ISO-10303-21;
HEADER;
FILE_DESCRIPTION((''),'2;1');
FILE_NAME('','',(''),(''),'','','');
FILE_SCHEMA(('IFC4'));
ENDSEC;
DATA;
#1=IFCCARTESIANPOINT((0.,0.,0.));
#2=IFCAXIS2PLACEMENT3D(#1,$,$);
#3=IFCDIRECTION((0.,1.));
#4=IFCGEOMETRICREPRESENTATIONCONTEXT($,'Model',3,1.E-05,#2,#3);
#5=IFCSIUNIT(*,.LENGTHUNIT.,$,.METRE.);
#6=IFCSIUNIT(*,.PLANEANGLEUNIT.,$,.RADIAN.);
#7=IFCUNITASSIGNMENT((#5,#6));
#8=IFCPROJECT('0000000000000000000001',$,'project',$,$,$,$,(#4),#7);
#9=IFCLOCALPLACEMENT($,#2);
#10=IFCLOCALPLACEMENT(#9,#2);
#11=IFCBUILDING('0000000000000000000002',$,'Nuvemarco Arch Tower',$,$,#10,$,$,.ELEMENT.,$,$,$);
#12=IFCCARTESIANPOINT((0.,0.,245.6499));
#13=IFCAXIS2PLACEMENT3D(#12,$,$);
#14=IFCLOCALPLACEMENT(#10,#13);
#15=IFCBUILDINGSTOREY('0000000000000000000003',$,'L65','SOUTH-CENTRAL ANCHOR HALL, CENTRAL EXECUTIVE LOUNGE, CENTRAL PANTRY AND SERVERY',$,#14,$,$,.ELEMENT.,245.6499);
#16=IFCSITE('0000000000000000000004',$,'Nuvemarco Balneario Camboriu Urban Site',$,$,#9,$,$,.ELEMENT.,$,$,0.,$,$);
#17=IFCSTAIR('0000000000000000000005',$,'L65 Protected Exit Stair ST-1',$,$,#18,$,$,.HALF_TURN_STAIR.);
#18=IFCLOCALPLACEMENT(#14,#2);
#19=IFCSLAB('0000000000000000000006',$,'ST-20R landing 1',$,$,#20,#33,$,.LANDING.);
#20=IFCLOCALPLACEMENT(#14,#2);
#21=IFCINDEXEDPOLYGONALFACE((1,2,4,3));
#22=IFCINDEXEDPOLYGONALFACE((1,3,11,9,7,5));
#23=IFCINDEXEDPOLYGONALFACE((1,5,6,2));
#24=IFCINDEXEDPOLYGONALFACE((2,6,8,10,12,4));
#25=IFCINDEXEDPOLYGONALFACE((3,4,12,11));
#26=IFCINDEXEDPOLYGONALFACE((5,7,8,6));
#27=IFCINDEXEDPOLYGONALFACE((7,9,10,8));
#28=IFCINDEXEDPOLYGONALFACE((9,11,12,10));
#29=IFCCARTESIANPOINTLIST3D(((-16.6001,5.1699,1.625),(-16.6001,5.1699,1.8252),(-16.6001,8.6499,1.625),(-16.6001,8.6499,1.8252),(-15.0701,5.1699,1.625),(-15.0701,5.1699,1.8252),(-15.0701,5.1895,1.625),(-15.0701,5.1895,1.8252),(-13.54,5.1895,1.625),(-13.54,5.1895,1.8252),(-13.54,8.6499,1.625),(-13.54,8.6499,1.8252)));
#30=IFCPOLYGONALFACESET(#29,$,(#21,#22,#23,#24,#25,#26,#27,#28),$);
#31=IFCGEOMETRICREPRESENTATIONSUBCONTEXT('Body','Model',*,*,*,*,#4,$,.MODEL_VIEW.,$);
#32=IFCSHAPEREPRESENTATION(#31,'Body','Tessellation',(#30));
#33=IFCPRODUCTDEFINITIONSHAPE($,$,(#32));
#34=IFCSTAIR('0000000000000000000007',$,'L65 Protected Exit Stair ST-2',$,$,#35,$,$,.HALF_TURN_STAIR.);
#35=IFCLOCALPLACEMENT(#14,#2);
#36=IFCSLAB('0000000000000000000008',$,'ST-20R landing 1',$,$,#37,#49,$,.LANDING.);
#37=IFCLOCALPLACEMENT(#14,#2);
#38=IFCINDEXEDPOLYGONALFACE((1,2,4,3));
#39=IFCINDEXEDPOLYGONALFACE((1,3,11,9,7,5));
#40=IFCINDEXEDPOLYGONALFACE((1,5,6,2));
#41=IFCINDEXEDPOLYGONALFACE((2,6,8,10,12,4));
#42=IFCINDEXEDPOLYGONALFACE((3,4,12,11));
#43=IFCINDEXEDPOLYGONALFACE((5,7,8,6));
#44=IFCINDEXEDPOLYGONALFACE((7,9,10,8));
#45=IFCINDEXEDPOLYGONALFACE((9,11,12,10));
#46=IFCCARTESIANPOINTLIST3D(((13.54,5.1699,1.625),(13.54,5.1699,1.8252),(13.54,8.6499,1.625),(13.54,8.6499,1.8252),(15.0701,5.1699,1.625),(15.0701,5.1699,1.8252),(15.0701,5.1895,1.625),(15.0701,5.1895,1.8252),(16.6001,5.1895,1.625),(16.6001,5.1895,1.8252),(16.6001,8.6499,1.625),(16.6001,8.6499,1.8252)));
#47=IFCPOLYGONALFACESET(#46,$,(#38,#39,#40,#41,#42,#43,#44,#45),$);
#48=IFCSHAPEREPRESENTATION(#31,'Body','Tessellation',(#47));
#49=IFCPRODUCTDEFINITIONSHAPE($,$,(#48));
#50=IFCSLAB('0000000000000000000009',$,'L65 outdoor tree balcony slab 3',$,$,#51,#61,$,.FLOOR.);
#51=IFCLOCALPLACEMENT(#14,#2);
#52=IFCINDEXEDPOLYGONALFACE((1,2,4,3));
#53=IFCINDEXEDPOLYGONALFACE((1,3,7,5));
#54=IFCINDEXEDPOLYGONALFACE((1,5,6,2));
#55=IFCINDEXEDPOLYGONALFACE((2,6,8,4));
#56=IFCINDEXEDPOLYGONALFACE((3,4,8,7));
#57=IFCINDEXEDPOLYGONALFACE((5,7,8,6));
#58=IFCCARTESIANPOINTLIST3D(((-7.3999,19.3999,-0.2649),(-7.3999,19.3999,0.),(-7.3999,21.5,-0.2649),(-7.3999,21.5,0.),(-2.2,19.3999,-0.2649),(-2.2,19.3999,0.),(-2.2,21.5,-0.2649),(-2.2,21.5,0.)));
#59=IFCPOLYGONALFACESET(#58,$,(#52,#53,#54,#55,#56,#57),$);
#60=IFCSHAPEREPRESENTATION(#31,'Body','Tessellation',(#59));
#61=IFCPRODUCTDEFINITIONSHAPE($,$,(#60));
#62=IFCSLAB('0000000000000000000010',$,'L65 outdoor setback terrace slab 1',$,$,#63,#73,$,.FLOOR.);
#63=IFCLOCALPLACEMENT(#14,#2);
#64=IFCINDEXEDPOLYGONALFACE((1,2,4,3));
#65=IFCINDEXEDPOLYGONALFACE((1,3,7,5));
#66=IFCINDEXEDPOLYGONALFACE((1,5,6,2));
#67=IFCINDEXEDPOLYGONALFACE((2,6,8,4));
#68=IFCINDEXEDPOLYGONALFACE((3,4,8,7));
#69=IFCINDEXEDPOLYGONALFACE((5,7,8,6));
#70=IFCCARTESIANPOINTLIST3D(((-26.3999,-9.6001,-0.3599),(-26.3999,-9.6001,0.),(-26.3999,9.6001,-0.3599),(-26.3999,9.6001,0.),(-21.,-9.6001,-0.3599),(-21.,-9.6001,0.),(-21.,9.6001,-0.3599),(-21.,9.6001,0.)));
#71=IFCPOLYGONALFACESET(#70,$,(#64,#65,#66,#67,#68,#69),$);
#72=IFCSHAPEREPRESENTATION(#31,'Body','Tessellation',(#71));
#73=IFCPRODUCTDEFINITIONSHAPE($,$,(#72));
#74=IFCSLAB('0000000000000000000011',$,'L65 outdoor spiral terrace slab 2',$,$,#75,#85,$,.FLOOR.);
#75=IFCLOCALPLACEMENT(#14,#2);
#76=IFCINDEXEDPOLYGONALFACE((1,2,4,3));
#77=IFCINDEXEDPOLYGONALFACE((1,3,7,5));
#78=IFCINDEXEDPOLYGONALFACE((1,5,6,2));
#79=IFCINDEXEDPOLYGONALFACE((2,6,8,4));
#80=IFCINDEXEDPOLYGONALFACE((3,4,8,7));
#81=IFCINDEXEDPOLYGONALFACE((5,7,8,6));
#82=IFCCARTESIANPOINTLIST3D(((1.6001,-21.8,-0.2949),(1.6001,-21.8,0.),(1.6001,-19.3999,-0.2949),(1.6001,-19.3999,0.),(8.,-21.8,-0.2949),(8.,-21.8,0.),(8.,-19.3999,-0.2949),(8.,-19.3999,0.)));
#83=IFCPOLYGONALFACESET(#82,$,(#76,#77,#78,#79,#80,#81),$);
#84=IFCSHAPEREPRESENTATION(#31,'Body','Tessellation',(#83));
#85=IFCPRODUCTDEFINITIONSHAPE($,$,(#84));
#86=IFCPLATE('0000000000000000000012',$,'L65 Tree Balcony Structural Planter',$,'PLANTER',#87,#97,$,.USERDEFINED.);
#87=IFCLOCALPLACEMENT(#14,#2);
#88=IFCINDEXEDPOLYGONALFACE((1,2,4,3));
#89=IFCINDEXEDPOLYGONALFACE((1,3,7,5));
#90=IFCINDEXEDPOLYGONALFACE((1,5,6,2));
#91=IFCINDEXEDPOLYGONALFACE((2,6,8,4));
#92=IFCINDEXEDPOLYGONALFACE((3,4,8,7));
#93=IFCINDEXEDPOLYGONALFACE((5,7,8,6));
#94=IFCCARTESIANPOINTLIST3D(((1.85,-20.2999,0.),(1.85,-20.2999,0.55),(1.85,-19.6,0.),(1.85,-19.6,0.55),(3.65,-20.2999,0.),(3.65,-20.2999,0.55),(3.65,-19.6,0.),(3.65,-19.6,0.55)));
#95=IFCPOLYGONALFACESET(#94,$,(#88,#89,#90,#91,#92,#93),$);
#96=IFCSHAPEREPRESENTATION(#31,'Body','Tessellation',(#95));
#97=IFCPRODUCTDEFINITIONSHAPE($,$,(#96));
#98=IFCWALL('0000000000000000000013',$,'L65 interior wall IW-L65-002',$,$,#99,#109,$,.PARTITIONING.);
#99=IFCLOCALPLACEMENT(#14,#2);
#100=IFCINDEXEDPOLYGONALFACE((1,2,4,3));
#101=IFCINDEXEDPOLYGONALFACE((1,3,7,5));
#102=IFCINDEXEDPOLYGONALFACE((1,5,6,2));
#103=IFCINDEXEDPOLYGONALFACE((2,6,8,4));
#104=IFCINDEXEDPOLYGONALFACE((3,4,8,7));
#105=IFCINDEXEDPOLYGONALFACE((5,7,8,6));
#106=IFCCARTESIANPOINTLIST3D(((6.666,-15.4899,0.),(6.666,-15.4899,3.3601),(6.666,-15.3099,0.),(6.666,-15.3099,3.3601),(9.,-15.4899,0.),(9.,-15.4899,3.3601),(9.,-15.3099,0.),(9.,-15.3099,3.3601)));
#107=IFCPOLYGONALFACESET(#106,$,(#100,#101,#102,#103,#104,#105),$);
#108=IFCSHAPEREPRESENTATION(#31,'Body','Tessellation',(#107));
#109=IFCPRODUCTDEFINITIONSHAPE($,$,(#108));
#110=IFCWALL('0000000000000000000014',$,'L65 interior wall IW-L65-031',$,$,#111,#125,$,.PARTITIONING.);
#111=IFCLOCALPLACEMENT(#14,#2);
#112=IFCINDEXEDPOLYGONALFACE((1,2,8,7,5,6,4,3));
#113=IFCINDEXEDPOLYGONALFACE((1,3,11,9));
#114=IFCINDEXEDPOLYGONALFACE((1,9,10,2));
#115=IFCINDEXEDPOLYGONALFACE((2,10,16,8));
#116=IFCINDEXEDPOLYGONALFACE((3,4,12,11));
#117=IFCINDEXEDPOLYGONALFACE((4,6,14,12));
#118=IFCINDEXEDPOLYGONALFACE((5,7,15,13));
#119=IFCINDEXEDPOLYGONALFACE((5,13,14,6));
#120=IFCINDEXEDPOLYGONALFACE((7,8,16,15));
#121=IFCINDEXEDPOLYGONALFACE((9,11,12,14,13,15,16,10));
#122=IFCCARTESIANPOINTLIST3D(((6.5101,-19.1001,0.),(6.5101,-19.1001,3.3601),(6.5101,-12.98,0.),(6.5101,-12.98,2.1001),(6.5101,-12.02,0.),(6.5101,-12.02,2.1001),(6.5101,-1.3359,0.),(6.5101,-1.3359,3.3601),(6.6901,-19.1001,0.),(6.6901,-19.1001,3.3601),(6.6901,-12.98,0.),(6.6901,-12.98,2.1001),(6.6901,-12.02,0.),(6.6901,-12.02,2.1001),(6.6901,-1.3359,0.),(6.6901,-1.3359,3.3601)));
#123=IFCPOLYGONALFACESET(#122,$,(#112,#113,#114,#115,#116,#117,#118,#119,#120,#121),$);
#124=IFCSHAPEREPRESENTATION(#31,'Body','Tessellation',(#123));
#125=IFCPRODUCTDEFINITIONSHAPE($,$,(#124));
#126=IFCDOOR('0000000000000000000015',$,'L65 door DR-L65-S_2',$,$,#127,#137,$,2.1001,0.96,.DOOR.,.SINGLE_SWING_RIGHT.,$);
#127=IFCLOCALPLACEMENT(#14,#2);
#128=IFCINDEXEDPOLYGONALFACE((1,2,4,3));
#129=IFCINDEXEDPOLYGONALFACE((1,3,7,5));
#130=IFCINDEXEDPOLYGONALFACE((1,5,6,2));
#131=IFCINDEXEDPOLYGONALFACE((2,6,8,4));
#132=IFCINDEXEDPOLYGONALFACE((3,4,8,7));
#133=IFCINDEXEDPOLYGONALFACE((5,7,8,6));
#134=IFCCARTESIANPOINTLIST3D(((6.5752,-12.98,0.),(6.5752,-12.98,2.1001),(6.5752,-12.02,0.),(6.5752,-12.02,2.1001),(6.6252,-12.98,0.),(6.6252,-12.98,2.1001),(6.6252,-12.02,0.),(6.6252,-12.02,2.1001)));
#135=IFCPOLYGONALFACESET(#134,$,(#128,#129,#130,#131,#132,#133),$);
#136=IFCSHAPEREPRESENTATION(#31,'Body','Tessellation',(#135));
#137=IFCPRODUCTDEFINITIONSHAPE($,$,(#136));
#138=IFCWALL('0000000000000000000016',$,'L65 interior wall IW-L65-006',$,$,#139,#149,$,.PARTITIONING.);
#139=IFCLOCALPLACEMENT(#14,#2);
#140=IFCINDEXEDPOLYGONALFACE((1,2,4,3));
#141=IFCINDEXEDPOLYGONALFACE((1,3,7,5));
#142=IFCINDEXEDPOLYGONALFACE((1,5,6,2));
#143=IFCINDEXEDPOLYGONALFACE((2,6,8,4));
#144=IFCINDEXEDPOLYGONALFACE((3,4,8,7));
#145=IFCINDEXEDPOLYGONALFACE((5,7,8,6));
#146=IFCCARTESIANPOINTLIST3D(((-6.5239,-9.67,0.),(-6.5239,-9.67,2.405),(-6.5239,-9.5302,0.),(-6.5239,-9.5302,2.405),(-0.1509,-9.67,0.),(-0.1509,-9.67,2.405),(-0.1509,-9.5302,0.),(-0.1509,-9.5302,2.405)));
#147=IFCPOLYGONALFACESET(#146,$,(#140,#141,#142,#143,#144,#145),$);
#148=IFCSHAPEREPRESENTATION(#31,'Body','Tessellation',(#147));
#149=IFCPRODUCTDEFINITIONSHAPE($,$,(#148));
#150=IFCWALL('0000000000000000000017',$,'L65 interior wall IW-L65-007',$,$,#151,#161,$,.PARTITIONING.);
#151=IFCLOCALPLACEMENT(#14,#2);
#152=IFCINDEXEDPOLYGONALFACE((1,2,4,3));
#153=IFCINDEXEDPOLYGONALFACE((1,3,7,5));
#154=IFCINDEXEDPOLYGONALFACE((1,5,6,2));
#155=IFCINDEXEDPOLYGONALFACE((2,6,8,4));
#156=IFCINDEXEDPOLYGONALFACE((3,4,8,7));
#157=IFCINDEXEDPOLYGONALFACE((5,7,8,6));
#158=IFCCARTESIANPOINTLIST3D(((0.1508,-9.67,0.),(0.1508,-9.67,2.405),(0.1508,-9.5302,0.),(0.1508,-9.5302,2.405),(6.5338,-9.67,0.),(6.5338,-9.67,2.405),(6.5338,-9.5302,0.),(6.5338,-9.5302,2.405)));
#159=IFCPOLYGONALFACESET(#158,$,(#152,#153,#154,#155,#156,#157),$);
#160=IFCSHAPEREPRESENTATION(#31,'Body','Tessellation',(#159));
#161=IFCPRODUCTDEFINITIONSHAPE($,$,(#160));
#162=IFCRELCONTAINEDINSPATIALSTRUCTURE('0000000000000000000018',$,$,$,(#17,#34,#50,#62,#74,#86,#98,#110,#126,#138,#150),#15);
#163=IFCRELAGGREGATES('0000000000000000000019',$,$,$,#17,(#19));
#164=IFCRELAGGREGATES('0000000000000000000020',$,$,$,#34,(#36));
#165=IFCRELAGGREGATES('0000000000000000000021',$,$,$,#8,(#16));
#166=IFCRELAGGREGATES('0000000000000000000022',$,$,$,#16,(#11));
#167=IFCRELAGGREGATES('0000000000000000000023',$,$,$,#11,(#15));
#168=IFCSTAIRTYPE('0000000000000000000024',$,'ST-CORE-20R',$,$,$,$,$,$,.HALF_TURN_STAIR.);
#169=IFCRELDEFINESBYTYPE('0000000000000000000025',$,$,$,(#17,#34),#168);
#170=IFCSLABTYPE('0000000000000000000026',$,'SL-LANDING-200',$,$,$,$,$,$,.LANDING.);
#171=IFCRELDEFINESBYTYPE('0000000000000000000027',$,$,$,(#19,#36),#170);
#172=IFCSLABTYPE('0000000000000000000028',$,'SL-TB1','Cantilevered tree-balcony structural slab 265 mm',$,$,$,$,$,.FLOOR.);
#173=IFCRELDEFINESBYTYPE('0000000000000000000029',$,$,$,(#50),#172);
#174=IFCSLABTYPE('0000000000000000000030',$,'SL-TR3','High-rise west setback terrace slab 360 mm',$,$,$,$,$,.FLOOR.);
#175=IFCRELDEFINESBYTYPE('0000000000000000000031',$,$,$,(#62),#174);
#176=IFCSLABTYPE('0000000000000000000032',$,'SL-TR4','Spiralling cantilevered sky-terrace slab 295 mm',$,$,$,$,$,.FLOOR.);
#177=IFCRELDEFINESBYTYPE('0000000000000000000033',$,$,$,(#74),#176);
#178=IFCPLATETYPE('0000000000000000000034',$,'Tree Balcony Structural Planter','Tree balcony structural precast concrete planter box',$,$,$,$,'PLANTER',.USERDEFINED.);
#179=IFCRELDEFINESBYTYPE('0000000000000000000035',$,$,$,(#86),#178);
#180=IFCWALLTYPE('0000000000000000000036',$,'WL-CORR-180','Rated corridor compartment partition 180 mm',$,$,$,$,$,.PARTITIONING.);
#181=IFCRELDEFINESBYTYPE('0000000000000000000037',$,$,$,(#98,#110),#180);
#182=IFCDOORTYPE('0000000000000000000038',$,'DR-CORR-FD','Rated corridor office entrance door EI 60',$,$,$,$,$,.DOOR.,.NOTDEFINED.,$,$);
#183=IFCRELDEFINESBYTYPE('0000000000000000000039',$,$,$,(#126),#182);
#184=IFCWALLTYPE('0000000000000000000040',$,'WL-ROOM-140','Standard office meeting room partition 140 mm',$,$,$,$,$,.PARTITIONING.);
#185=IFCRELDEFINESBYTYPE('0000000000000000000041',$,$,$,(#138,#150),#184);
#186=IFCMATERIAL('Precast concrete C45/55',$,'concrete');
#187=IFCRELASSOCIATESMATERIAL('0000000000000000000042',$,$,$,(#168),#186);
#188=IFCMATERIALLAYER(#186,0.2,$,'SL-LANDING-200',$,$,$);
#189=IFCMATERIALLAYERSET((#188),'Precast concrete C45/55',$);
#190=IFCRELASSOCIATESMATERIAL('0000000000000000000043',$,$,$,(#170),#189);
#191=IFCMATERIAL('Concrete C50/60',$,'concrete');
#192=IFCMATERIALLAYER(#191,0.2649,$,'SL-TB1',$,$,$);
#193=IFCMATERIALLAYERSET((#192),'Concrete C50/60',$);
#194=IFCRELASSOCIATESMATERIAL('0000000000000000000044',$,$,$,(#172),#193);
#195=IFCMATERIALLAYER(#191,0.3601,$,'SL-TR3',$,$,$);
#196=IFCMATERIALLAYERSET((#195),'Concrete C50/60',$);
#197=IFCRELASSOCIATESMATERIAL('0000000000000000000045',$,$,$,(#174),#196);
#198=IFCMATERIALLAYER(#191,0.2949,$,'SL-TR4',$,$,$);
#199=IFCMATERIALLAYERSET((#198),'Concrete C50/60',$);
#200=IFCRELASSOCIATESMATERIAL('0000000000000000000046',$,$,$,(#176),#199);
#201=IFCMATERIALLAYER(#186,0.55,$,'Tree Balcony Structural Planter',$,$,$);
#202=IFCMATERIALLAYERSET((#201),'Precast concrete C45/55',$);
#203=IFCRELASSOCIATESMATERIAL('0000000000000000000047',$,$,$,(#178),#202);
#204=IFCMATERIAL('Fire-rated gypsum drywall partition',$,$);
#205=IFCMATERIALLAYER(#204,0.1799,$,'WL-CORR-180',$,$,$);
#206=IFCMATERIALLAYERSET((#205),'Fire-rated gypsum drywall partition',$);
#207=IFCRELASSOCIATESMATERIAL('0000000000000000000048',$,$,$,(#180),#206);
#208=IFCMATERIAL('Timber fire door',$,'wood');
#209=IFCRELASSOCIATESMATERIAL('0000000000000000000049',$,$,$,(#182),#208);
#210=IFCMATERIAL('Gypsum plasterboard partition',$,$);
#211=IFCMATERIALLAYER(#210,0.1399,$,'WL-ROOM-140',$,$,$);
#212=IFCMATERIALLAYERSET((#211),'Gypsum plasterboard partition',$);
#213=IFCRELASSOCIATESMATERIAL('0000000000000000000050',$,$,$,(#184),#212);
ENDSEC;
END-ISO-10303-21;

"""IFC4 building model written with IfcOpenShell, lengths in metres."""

from ifc_helpers import new_model, si_unit, direction, frame, frame_2d, origin, origin_2d, place, context, subcontext, project, spatial, polyline, rectangle, outline, extrude, source, transform, mapped, material, layer, layer_set, type_object, type_shapes, element, fill, aggregate, save


model = new_model("IFC4")

# Units and contexts
model_context = context("Model", 3, precision=1e-05, world=origin(), true_north=direction((0.0, 1.0)))
body_context = subcontext(model_context, "Body", "Model", "MODEL_VIEW")
ifc_project = project(units=[si_unit("LENGTHUNIT", "METRE"), si_unit("PLANEANGLEUNIT", "RADIAN")], contexts=[model_context])

# Site, building, storey
site_placement = place(None, origin())
site = spatial("IfcSite", under=ifc_project, at=site_placement, Name="Nuvemarco Balneario Camboriu Urban Site", CompositionType="ELEMENT", RefElevation=0.0)
building_placement = place(site_placement, origin())
building = spatial("IfcBuilding", under=site, at=building_placement, Name="Nuvemarco Arch Tower", CompositionType="ELEMENT")
storey_placement = place(building_placement, frame((0.0, 0.0, 245.6499)))
storey = spatial("IfcBuildingStorey", under=building, at=storey_placement, Name="L65", Description="SOUTH-CENTRAL ANCHOR HALL, CENTRAL EXECUTIVE LOUNGE, CENTRAL PANTRY AND SERVERY", CompositionType="ELEMENT", Elevation=245.6499)

# Shared definitions
ifc_material_1 = material(Name="Precast concrete C45/55", Category="concrete")

# Stairs, slabs
stair_type = type_object("IfcStairType", Name="ST-CORE-20R", PredefinedType="HALF_TURN_STAIR", material=ifc_material_1)
stair_1_placement = place(storey_placement, origin())
stair_1 = element("IfcStair", 1, at=stair_1_placement, inside=storey, type_object=stair_type, Name="L65 Protected Exit Stair ST-1", PredefinedType="HALF_TURN_STAIR")
ifc_layer_1 = layer(ifc_material_1, 0.2, Name="SL-LANDING-200")
ifc_layer_set_1 = layer_set([ifc_layer_1], Name="Precast concrete C45/55")
slab_type_1 = type_object("IfcSlabType", Name="SL-LANDING-200", PredefinedType="LANDING", material=ifc_layer_set_1)
slab_1_placement = place(storey_placement, frame((0.0, 0.0, 1.625)))
slab_1 = element("IfcSlab", 2, at=slab_1_placement, type_object=slab_type_1, Name="ST-20R landing 1", PredefinedType="LANDING", context=body_context, shape_type="SweptSolid", body=[
    extrude(outline(polyline([(-13.54, 5.1895), (-13.54, 8.6499), (-16.6001, 8.6499), (-16.6001, 5.1699), (-15.0701, 5.1699), (-15.0701, 5.1895), (-13.54, 5.1895)])), origin(), (0.0, 0.0, 1.0), 0.2002),
])
aggregate(stair_1, [slab_1])
stair_2_placement = place(storey_placement, origin())
stair_2 = element("IfcStair", 3, at=stair_2_placement, inside=storey, type_object=stair_type, Name="L65 Protected Exit Stair ST-2", PredefinedType="HALF_TURN_STAIR")
slab_2_placement = place(storey_placement, frame((0.0, 0.0, 1.625)))
slab_2 = element("IfcSlab", 4, at=slab_2_placement, type_object=slab_type_1, Name="ST-20R landing 1", PredefinedType="LANDING", context=body_context, shape_type="SweptSolid", body=[
    extrude(outline(polyline([(16.6001, 5.1895), (16.6001, 8.6499), (13.54, 8.6499), (13.54, 5.1699), (15.0701, 5.1699), (15.0701, 5.1895), (16.6001, 5.1895)])), origin(), (0.0, 0.0, 1.0), 0.2002),
])
aggregate(stair_2, [slab_2])

# Slabs
ifc_material_2 = material(Name="Concrete C50/60", Category="concrete")
ifc_layer_2 = layer(ifc_material_2, 0.2649, Name="SL-TB1")
ifc_layer_set_2 = layer_set([ifc_layer_2], Name="Concrete C50/60")
slab_type_2 = type_object("IfcSlabType", Name="SL-TB1", Description="Cantilevered tree-balcony structural slab 265 mm", PredefinedType="FLOOR", material=ifc_layer_set_2)
slab_3_placement = place(storey_placement, frame((0.0, 0.0, -0.2649)))
element("IfcSlab", 5, at=slab_3_placement, inside=storey, type_object=slab_type_2, Name="L65 outdoor tree balcony slab 3", PredefinedType="FLOOR", context=body_context, shape_type="SweptSolid", body=[
    extrude(outline(polyline([(-7.3999, 19.3999), (-2.2, 19.3999), (-2.2, 21.5), (-7.3999, 21.5), (-7.3999, 19.3999)])), origin(), (0.0, 0.0, 1.0), 0.2649),
])
ifc_layer_3 = layer(ifc_material_2, 0.3601, Name="SL-TR3")
ifc_layer_set_3 = layer_set([ifc_layer_3], Name="Concrete C50/60")
slab_type_3 = type_object("IfcSlabType", Name="SL-TR3", Description="High-rise west setback terrace slab 360 mm", PredefinedType="FLOOR", material=ifc_layer_set_3)
slab_4_placement = place(storey_placement, frame((0.0, 0.0, -0.3599)))
element("IfcSlab", 6, at=slab_4_placement, inside=storey, type_object=slab_type_3, Name="L65 outdoor setback terrace slab 1", PredefinedType="FLOOR", context=body_context, shape_type="SweptSolid", body=[
    extrude(outline(polyline([(-26.3999, -9.6001), (-21.0, -9.6001), (-21.0, 9.6001), (-26.3999, 9.6001), (-26.3999, -9.6001)])), origin(), (0.0, 0.0, 1.0), 0.3599),
])
ifc_layer_4 = layer(ifc_material_2, 0.2949, Name="SL-TR4")
ifc_layer_set_4 = layer_set([ifc_layer_4], Name="Concrete C50/60")
slab_type_4 = type_object("IfcSlabType", Name="SL-TR4", Description="Spiralling cantilevered sky-terrace slab 295 mm", PredefinedType="FLOOR", material=ifc_layer_set_4)
slab_5_placement = place(storey_placement, frame((0.0, 0.0, -0.2949)))
element("IfcSlab", 7, at=slab_5_placement, inside=storey, type_object=slab_type_4, Name="L65 outdoor spiral terrace slab 2", PredefinedType="FLOOR", context=body_context, shape_type="SweptSolid", body=[
    extrude(outline(polyline([(1.6001, -21.8), (8.0, -21.8), (8.0, -19.3999), (1.6001, -19.3999), (1.6001, -21.8)])), origin(), (0.0, 0.0, 1.0), 0.2949),
])

# Plate
ifc_layer_5 = layer(ifc_material_1, 0.55, Name="Tree Balcony Structural Planter")
ifc_layer_set_5 = layer_set([ifc_layer_5], Name="Precast concrete C45/55")
plate_type = type_object("IfcPlateType", Name="Tree Balcony Structural Planter", Description="Tree balcony structural precast concrete planter box", ElementType="PLANTER", PredefinedType="USERDEFINED", material=ifc_layer_set_5)
shared_shape_1 = source(origin(), body_context, "Body", "SweptSolid", [
    extrude(rectangle(XDim=1.8, YDim=0.7, at=origin_2d()), origin(), (0.0, 0.0, 1.0), 0.55),
])
type_shapes(plate_type, [shared_shape_1])
plate_placement = place(storey_placement, frame((2.75, -19.95, 0.0), z_axis=(0.0, 0.0, 1.0), x_axis=(1.0, 0.0, 0.0)))
element("IfcPlate", 8, at=plate_placement, inside=storey, type_object=plate_type, Name="L65 Tree Balcony Structural Planter", ObjectType="PLANTER", PredefinedType="USERDEFINED", context=body_context, shape_type="MappedRepresentation", body=[
    mapped(shared_shape_1, transform((0.0, 0.0, 0.0), scale=1.0)),
])

# Wall
ifc_material_3 = material(Name="Fire-rated gypsum drywall partition")
ifc_layer_6 = layer(ifc_material_3, 0.1799, Name="WL-CORR-180")
ifc_layer_set_6 = layer_set([ifc_layer_6], Name="Fire-rated gypsum drywall partition")
wall_type_1 = type_object("IfcWallType", Name="WL-CORR-180", Description="Rated corridor compartment partition 180 mm", PredefinedType="PARTITIONING", material=ifc_layer_set_6)
wall_1_placement = place(storey_placement, frame((6.666, -15.3999, 0.0), z_axis=(0.0, 0.0, 1.0), x_axis=(1.0, 0.0, 0.0)))
element("IfcWall", 9, at=wall_1_placement, inside=storey, type_object=wall_type_1, Name="L65 interior wall IW-L65-002", PredefinedType="PARTITIONING", context=body_context, shape_type="SweptSolid", body=[
    extrude(rectangle(XDim=2.334, YDim=0.1799, at=frame_2d((1.167, 0.0))), origin(), (0.0, 0.0, 1.0), 3.3601),
])

# Wall, opening, door
wall_2_placement = place(storey_placement, frame((6.6001, -19.1001, 0.0), z_axis=(0.0, 0.0, 1.0), x_axis=(0.0, 1.0, 0.0)))
wall_2 = element("IfcWall", 10, at=wall_2_placement, inside=storey, type_object=wall_type_1, Name="L65 interior wall IW-L65-031", PredefinedType="PARTITIONING", context=body_context, shape_type="SweptSolid", body=[
    extrude(rectangle(XDim=17.7642, YDim=0.1799, at=frame_2d((8.8821, 0.0))), origin(), (0.0, 0.0, 1.0), 3.3601),
])
opening_placement = place(wall_2_placement, frame((6.1201, 0.0, 0.0)))
opening = element("IfcOpeningElement", 11, at=opening_placement, cuts=wall_2, PredefinedType="OPENING", context=body_context, shape_type="SweptSolid", body=[
    extrude(rectangle(XDim=0.96, YDim=2.1001, at=frame_2d((0.48, 1.05))), frame((0.0, 0.0999, 0.0), z_axis=(0.0, -1.0, 0.0), x_axis=(1.0, 0.0, 0.0)), (0.0, 0.0, 1.0), 0.2),
])
ifc_material_4 = material(Name="Timber fire door", Category="wood")
door_type = type_object("IfcDoorType", Name="DR-CORR-FD", Description="Rated corridor office entrance door EI 60", OperationType="NOTDEFINED", PredefinedType="DOOR", material=ifc_material_4)
shared_shape_2 = source(origin(), body_context, "Body", "SweptSolid", [
    extrude(rectangle(XDim=0.96, YDim=2.1001, at=frame_2d((0.48, 1.05))), frame((0.0, 0.0249, 0.0), z_axis=(0.0, -1.0, 0.0), x_axis=(1.0, 0.0, 0.0)), (0.0, 0.0, 1.0), 0.05),
])
type_shapes(door_type, [shared_shape_2])
door_placement = place(opening_placement, origin())
door = element("IfcDoor", 12, at=door_placement, inside=storey, type_object=door_type, Name="L65 door DR-L65-S_2", OperationType="SINGLE_SWING_RIGHT", OverallHeight=2.1001, OverallWidth=0.96, PredefinedType="DOOR", context=body_context, shape_type="MappedRepresentation", body=[
    mapped(shared_shape_2, transform((0.0, 0.0, 0.0), scale=1.0)),
])
fill(opening, door)

# Walls
ifc_material_5 = material(Name="Gypsum plasterboard partition")
ifc_layer_7 = layer(ifc_material_5, 0.1399, Name="WL-ROOM-140")
ifc_layer_set_7 = layer_set([ifc_layer_7], Name="Gypsum plasterboard partition")
wall_type_2 = type_object("IfcWallType", Name="WL-ROOM-140", Description="Standard office meeting room partition 140 mm", PredefinedType="PARTITIONING", material=ifc_layer_set_7)
wall_3_placement = place(storey_placement, frame((-6.5239, -9.6001, 0.0), z_axis=(0.0, 0.0, 1.0), x_axis=(1.0, 0.0, 0.0)))
element("IfcWall", 13, at=wall_3_placement, inside=storey, type_object=wall_type_2, Name="L65 interior wall IW-L65-006", PredefinedType="PARTITIONING", context=body_context, shape_type="SweptSolid", body=[
    extrude(rectangle(XDim=6.373, YDim=0.1399, at=frame_2d((3.1865, 0.0))), origin(), (0.0, 0.0, 1.0), 2.405),
])
wall_4_placement = place(storey_placement, frame((0.1509, -9.6001, 0.0), z_axis=(0.0, 0.0, 1.0), x_axis=(1.0, 0.0, 0.0)))
element("IfcWall", 14, at=wall_4_placement, inside=storey, type_object=wall_type_2, Name="L65 interior wall IW-L65-007", PredefinedType="PARTITIONING", context=body_context, shape_type="SweptSolid", body=[
    extrude(rectangle(XDim=6.3831, YDim=0.1399, at=frame_2d((3.1914, 0.0))), origin(), (0.0, 0.0, 1.0), 2.405),
])

save(model, "model.ifc")
